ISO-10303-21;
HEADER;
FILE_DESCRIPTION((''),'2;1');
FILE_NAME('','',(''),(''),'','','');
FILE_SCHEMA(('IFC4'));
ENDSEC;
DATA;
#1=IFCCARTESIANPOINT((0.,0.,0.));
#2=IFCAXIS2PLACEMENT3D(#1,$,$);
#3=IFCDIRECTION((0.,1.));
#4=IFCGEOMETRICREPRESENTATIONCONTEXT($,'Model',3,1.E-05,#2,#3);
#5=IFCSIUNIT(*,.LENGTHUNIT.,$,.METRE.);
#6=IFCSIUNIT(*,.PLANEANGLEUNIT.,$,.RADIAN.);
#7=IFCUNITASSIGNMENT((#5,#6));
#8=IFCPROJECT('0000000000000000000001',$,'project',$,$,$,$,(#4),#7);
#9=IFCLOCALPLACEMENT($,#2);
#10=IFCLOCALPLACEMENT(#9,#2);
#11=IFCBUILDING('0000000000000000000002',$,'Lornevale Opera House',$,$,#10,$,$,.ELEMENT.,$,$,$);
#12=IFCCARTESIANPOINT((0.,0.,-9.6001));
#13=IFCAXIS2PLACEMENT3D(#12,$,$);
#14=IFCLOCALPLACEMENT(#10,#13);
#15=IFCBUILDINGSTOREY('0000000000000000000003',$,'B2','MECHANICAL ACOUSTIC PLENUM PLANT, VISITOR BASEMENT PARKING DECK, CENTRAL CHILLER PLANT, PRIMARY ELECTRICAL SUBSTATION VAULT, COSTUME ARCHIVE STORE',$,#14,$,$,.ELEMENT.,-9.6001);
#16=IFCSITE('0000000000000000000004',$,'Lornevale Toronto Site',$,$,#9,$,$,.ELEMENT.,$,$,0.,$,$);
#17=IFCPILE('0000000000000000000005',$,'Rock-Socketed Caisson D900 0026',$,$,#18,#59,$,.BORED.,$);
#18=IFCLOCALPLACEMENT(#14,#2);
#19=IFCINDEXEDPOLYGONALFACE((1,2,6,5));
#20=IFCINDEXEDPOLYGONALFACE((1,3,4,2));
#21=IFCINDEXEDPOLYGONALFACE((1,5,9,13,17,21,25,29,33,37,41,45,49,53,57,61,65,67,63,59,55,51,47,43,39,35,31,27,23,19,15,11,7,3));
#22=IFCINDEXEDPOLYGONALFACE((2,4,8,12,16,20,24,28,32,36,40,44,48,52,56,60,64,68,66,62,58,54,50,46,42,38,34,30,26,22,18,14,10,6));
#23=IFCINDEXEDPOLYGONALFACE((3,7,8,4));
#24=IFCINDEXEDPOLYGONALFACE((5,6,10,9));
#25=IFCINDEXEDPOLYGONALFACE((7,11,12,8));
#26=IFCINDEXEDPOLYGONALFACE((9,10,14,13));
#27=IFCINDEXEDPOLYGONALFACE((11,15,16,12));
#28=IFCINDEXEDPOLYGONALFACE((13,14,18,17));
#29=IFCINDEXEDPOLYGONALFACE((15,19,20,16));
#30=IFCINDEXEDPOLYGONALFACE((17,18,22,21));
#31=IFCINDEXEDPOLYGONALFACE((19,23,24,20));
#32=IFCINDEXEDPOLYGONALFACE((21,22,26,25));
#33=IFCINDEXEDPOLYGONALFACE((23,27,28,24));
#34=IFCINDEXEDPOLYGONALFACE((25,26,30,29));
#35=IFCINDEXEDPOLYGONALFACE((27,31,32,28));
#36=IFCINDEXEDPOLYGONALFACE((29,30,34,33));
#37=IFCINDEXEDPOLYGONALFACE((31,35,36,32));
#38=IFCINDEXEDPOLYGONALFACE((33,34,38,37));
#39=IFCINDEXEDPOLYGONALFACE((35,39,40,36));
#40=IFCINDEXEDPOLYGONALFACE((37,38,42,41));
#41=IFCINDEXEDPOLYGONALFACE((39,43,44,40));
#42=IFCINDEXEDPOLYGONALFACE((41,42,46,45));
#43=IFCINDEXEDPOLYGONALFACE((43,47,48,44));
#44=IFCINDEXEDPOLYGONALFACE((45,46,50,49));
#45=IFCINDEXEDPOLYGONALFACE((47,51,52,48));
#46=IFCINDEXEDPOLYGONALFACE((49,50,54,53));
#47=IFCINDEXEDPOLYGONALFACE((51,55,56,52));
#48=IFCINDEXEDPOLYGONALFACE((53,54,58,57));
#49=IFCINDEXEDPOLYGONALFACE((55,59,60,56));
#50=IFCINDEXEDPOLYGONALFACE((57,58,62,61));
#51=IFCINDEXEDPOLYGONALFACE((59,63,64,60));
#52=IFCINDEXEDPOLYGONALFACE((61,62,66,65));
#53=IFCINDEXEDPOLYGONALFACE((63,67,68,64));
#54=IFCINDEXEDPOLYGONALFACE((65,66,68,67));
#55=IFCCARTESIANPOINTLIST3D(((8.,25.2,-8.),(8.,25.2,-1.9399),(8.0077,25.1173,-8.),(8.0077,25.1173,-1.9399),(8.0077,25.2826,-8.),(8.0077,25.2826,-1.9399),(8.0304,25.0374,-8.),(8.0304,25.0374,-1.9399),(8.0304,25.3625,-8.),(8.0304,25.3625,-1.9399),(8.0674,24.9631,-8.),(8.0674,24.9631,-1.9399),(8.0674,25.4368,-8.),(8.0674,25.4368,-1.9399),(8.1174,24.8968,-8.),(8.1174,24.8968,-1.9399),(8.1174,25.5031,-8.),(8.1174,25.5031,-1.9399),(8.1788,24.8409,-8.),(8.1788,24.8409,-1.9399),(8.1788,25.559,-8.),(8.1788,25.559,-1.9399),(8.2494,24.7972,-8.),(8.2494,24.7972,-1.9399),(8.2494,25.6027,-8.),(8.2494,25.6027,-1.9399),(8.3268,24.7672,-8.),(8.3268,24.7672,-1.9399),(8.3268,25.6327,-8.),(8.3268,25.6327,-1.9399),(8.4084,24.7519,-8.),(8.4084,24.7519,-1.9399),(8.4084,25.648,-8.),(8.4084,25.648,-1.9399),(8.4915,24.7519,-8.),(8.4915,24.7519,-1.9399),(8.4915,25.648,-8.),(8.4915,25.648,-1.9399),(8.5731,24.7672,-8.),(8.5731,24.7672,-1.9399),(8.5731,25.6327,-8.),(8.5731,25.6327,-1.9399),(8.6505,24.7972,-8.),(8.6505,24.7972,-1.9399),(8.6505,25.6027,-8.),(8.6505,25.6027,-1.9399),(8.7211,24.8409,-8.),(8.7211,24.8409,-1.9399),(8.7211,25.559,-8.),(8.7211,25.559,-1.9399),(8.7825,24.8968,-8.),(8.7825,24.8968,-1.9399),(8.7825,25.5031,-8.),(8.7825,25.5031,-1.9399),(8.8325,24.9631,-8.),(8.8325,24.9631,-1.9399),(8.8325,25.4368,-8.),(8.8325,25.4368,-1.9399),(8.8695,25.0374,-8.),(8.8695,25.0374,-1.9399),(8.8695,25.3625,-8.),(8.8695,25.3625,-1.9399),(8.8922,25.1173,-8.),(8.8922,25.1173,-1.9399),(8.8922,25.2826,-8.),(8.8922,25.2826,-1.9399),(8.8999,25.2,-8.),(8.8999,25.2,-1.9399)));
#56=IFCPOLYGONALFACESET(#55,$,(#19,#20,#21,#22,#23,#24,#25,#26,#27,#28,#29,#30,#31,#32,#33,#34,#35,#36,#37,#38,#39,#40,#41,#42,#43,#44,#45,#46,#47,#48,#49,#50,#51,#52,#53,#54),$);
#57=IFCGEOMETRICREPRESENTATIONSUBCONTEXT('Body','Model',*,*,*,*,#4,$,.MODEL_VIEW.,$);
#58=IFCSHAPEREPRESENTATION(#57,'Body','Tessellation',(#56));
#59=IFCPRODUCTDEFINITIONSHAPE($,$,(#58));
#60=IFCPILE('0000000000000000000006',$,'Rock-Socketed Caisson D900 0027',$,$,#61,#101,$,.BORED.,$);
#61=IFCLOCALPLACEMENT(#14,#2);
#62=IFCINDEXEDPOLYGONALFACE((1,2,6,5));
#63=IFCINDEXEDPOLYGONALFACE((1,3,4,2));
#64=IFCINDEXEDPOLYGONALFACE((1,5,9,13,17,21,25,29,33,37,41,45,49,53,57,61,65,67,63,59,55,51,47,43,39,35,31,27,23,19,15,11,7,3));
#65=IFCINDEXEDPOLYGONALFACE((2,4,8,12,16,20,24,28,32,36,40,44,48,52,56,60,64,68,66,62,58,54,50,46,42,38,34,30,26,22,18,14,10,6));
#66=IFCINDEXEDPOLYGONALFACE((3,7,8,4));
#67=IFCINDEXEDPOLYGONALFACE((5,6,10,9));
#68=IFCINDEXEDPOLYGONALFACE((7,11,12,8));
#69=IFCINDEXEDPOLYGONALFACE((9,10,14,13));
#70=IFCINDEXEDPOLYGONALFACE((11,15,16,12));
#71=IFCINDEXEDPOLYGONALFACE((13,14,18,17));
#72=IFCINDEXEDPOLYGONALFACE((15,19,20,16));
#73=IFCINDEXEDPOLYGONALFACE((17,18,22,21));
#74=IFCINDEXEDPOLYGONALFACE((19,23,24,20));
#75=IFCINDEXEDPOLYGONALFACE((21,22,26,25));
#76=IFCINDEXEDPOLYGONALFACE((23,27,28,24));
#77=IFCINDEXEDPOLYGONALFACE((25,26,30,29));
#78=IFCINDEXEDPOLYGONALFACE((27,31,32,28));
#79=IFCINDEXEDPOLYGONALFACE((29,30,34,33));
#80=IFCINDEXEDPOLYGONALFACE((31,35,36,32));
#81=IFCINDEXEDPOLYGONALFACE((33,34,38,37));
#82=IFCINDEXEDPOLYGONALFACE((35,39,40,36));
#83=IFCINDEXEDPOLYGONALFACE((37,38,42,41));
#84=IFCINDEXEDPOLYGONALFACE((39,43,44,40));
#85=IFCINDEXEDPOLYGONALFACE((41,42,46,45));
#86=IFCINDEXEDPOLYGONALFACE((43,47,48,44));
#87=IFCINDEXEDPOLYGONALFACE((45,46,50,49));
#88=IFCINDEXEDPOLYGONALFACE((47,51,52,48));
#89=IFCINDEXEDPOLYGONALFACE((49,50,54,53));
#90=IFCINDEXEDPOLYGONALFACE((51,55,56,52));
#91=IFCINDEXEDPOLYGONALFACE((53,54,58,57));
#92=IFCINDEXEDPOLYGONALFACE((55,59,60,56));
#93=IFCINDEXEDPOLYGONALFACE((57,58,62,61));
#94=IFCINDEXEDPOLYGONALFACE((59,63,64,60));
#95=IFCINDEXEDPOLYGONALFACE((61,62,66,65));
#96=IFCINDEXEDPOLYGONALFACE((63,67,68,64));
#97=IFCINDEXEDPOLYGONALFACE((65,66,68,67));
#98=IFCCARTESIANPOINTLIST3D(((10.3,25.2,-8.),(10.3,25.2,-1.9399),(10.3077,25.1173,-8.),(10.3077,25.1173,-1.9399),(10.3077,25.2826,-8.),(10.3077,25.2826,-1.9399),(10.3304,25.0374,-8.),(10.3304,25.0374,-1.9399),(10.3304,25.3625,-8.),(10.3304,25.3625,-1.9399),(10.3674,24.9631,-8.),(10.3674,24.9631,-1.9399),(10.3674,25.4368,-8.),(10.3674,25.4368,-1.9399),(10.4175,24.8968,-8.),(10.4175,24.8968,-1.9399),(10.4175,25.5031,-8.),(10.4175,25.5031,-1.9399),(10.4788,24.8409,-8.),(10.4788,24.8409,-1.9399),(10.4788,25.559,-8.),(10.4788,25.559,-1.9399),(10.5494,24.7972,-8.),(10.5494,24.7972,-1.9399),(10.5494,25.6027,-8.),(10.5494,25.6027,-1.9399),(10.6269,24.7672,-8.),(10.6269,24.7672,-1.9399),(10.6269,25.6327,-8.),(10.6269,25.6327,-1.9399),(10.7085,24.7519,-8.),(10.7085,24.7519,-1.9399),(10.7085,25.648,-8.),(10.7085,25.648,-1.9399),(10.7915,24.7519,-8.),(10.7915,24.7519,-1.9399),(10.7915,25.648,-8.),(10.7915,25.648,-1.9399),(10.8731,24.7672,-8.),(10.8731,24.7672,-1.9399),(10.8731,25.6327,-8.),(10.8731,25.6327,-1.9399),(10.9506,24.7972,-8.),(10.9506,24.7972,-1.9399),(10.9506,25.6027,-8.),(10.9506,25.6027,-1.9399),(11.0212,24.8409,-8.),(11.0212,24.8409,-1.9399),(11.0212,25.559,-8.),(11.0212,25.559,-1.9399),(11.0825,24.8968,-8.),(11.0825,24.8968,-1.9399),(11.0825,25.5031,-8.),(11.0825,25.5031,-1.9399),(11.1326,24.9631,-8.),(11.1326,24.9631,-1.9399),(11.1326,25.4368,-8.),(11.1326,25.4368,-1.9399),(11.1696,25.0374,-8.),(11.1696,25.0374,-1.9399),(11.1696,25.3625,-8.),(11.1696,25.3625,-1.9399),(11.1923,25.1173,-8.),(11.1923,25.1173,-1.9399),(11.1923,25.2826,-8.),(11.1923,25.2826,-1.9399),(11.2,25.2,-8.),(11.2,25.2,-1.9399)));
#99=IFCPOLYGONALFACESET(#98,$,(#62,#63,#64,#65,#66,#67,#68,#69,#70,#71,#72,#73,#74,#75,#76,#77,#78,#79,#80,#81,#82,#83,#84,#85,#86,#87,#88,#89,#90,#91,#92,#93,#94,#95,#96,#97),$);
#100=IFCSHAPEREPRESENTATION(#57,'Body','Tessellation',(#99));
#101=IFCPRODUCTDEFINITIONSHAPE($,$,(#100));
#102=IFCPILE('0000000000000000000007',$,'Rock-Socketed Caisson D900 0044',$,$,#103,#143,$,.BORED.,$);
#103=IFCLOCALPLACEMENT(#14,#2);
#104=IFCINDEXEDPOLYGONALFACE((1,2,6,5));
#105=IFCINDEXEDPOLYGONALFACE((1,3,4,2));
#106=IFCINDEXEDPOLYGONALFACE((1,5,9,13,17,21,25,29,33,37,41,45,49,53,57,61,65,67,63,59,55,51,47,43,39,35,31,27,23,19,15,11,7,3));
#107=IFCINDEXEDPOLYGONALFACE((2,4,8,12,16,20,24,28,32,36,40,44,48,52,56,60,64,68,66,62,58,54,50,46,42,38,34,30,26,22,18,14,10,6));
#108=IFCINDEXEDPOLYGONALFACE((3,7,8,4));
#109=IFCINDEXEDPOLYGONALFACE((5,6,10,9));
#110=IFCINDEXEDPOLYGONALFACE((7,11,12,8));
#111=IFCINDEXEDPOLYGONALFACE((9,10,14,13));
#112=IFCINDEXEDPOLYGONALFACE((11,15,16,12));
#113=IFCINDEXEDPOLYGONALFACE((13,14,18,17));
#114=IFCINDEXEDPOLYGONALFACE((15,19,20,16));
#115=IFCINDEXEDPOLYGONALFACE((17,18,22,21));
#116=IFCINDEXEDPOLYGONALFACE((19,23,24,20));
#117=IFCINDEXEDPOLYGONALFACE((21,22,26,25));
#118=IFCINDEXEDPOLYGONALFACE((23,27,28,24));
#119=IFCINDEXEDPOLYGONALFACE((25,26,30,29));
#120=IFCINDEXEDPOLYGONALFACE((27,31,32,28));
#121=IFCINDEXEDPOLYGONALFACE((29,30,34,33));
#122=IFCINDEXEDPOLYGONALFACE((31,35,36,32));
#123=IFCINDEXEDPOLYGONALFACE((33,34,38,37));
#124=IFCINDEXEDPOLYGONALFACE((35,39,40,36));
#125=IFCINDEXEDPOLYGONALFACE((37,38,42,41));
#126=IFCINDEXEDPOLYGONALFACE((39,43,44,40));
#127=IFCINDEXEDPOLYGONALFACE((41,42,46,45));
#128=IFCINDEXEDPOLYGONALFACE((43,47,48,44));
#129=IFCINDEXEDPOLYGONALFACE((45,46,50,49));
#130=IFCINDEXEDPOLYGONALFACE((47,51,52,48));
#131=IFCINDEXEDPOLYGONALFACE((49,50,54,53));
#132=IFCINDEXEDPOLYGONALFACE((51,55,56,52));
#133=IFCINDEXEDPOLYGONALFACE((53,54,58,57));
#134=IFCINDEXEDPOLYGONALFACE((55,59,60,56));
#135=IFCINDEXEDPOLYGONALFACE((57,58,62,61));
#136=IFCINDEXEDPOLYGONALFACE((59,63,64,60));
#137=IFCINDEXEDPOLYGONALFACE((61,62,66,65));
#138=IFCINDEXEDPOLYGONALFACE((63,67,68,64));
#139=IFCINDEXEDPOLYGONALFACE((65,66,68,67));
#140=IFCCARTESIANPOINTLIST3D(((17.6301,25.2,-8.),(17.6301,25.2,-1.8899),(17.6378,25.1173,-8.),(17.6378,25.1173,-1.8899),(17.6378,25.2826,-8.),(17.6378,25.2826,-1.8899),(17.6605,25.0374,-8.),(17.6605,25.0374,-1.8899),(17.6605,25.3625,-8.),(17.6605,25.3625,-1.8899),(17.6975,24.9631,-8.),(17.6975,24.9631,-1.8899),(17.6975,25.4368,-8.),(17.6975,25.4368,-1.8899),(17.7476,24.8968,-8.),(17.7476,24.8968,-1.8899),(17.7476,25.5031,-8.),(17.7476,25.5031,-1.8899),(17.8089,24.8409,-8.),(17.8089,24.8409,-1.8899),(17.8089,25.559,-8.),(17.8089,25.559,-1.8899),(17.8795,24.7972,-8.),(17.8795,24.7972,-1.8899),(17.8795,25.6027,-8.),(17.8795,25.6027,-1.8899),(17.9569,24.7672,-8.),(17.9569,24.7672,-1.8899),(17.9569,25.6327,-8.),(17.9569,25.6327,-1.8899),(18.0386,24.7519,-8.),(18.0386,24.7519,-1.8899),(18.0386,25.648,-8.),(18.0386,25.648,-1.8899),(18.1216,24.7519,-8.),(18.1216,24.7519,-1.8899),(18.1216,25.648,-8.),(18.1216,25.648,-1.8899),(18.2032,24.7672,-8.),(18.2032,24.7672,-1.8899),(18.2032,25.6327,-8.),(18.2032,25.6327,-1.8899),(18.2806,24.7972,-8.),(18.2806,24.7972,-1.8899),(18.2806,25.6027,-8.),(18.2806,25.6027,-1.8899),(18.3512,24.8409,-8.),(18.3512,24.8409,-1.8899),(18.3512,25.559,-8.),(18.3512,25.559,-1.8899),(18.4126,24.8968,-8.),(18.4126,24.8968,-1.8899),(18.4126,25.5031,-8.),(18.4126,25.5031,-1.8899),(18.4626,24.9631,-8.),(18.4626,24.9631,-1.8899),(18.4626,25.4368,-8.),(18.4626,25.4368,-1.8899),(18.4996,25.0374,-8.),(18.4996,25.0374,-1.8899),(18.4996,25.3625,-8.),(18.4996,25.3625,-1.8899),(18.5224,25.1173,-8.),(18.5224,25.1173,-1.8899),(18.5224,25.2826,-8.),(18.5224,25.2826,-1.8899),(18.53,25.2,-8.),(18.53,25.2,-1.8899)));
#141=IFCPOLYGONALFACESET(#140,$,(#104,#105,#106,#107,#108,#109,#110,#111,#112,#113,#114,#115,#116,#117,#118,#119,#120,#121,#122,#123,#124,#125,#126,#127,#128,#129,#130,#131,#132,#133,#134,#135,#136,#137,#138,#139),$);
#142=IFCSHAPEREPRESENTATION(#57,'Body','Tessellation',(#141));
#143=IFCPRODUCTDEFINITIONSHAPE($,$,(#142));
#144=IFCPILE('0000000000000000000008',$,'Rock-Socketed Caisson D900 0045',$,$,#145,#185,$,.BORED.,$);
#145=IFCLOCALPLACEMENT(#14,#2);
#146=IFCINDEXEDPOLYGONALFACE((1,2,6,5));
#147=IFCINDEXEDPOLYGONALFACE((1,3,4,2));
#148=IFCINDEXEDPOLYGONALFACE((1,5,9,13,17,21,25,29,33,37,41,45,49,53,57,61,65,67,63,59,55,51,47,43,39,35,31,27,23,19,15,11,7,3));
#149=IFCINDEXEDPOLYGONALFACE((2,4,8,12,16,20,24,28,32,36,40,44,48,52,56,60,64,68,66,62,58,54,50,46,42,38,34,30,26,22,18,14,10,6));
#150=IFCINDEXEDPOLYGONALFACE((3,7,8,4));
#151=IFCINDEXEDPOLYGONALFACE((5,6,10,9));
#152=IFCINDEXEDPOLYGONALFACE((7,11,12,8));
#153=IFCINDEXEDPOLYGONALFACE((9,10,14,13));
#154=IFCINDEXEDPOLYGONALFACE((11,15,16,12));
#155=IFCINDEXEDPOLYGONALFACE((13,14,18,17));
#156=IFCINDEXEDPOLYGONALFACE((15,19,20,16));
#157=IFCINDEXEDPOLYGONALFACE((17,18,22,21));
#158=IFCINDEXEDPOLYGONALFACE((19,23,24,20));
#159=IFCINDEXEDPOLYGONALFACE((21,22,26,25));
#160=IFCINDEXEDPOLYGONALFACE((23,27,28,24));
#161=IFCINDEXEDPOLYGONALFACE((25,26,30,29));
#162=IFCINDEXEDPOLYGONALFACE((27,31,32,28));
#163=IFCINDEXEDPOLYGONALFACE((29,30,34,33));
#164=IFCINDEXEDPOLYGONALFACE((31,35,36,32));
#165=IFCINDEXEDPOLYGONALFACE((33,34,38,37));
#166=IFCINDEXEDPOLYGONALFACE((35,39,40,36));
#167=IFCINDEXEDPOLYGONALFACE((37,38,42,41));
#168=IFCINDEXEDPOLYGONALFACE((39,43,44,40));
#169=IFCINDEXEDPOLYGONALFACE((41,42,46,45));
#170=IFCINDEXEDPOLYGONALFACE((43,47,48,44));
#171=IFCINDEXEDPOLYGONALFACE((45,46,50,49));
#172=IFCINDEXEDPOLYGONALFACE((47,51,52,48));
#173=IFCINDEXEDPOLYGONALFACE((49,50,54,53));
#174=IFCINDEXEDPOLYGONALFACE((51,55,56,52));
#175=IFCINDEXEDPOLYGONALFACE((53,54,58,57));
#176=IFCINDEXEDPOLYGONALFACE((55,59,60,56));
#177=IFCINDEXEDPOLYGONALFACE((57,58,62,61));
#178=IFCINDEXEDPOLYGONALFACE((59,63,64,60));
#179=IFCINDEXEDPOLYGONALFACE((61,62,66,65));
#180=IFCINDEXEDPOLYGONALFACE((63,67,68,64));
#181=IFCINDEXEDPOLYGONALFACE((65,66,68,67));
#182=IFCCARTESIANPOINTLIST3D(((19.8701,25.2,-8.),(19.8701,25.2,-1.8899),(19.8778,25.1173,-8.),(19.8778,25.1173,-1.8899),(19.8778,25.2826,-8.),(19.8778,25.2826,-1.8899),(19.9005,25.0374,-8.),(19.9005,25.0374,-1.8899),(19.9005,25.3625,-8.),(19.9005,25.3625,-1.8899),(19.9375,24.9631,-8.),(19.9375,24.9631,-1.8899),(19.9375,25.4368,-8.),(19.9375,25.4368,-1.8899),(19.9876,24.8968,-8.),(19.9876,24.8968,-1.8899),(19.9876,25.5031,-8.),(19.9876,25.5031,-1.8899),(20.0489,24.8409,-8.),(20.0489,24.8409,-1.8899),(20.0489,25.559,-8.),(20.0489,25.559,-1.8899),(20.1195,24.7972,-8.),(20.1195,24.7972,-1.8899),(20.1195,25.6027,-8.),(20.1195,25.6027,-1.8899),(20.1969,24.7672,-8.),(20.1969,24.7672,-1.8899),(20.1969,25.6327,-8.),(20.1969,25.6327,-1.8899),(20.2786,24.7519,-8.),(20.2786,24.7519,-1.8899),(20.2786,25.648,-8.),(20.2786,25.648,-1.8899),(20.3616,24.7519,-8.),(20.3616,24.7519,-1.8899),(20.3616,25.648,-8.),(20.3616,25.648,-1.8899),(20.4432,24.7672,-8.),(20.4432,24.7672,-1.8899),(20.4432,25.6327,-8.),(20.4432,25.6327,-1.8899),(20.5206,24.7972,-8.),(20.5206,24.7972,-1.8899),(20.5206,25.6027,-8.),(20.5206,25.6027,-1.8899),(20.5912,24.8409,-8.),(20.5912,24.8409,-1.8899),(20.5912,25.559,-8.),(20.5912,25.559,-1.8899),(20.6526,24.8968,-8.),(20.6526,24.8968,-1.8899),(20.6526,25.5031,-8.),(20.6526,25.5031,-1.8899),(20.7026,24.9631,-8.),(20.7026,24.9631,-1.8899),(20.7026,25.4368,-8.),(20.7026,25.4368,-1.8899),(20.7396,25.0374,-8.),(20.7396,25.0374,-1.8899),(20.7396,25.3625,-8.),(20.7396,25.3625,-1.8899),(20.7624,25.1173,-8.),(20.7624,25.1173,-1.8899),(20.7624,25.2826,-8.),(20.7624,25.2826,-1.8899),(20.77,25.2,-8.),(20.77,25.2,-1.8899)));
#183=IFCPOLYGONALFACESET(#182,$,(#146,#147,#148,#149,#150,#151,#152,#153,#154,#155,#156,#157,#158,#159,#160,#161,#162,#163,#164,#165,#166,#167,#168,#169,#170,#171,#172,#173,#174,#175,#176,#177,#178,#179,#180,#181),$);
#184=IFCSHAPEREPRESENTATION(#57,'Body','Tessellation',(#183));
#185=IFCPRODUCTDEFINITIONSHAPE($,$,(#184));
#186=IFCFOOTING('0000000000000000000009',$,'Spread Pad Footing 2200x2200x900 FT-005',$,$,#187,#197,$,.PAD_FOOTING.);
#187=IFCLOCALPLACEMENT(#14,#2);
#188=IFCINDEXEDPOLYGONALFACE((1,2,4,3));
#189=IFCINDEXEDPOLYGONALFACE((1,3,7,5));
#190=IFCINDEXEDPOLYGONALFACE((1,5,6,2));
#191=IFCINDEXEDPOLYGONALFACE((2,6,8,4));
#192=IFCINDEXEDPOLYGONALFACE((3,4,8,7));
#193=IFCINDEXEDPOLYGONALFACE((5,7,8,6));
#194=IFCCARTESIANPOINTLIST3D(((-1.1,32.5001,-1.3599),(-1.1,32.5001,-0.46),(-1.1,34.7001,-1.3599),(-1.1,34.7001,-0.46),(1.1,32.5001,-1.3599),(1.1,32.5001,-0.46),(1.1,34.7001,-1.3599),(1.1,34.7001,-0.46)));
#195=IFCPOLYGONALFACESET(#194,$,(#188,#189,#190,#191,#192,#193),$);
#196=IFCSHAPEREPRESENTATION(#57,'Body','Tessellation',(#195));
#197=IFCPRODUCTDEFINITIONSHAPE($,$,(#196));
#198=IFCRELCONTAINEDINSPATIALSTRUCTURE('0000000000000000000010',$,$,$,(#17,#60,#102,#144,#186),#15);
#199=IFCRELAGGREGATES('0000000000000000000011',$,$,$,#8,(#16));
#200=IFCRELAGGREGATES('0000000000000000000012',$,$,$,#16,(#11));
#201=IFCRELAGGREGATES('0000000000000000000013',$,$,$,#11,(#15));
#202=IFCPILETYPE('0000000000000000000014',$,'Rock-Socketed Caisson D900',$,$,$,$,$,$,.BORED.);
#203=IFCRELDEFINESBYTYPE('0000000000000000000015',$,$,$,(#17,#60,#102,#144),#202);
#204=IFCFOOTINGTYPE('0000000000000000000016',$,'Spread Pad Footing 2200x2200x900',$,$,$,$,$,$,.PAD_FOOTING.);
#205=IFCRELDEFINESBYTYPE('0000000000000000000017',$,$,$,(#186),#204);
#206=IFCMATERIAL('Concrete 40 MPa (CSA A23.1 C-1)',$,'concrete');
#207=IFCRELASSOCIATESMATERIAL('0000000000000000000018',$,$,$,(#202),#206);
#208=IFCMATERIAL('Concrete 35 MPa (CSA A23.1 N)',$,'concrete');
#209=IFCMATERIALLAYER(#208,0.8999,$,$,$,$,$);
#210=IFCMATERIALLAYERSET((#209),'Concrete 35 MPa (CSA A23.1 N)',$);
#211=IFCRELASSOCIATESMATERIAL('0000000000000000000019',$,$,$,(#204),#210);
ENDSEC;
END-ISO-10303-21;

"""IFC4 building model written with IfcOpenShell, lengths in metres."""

from ifc_helpers import new_model, si_unit, direction, frame, origin, origin_2d, place, context, subcontext, project, spatial, rectangle, circle, extrude, material, layer, layer_set, material_profile, profile_set, type_object, element, save


model = new_model("IFC4")

# Units and contexts
model_context = context("Model", 3, precision=1e-05, world=origin(), true_north=direction((0.0, 1.0)))
body_context = subcontext(model_context, "Body", "Model", "MODEL_VIEW")
ifc_project = project(units=[si_unit("LENGTHUNIT", "METRE"), si_unit("PLANEANGLEUNIT", "RADIAN")], contexts=[model_context])

# Site, building, storey
site_placement = place(None, origin())
site = spatial("IfcSite", under=ifc_project, at=site_placement, Name="Lornevale Toronto Site", CompositionType="ELEMENT", RefElevation=0.0)
building_placement = place(site_placement, origin())
building = spatial("IfcBuilding", under=site, at=building_placement, Name="Lornevale Opera House", CompositionType="ELEMENT")
storey_placement = place(building_placement, frame((0.0, 0.0, -9.6001)))
storey = spatial("IfcBuildingStorey", under=building, at=storey_placement, Name="B2", Description="MECHANICAL ACOUSTIC PLENUM PLANT, VISITOR BASEMENT PARKING DECK, CENTRAL CHILLER PLANT, PRIMARY ELECTRICAL SUBSTATION VAULT, COSTUME ARCHIVE STORE", CompositionType="ELEMENT", Elevation=-9.6001)

# Shared definitions
ifc_material_1 = material(Name="Concrete 35 MPa (CSA A23.1 N)", Category="concrete")

# Shared definitions
ifc_material_2 = material(Name="Concrete 40 MPa (CSA A23.1 C-1)", Category="concrete")

# Piles
ifc_material_profile_1 = material_profile(ifc_material_2, circle(Radius=0.45, at=origin_2d()), Name="CAIS900")
ifc_profile_set_1 = profile_set([ifc_material_profile_1], Name="Concrete 40 MPa (CSA A23.1 C-1)")
pile_type_1 = type_object("IfcPileType", Name="Rock-Socketed Caisson D900", PredefinedType="BORED", material=ifc_profile_set_1)
for number, where, z_axis, x_axis, name in (
    (1, (8.45, 25.2, -1.9399), (0.0, 0.0, -1.0), (1.0, 0.0, 0.0), "Rock-Socketed Caisson D900 0026"),
    (2, (10.75, 25.2, -1.9399), (0.0, 0.0, -1.0), (1.0, 0.0, 0.0), "Rock-Socketed Caisson D900 0027"),
):
    element("IfcPile", number, at=place(storey_placement, frame(where, z_axis=z_axis, x_axis=x_axis)), inside=storey, type_object=pile_type_1, Name=name, PredefinedType="BORED", context=body_context, shape_type="SweptSolid", body=[
        extrude(circle(Radius=0.45, at=origin_2d()), origin(), (0.0, 0.0, 1.0), 6.0601),
    ])
for number, where, z_axis, x_axis, name in (
    (3, (18.0801, 25.2, -1.8899), (0.0, 0.0, -1.0), (1.0, 0.0, 0.0), "Rock-Socketed Caisson D900 0044"),
    (4, (20.3201, 25.2, -1.8899), (0.0, 0.0, -1.0), (1.0, 0.0, 0.0), "Rock-Socketed Caisson D900 0045"),
):
    element("IfcPile", number, at=place(storey_placement, frame(where, z_axis=z_axis, x_axis=x_axis)), inside=storey, type_object=pile_type_1, Name=name, PredefinedType="BORED", context=body_context, shape_type="SweptSolid", body=[
        extrude(circle(Radius=0.45, at=origin_2d()), origin(), (0.0, 0.0, 1.0), 6.1101),
    ])

# Footing
ifc_layer_1 = layer(ifc_material_1, 0.8999)
ifc_layer_set_1 = layer_set([ifc_layer_1], Name="Concrete 35 MPa (CSA A23.1 N)")
footing_type_1 = type_object("IfcFootingType", Name="Spread Pad Footing 2200x2200x900", PredefinedType="PAD_FOOTING", material=ifc_layer_set_1)
footing_1_placement = place(storey_placement, frame((0.0, 33.6001, -1.3599), z_axis=(0.0, 0.0, 1.0), x_axis=(1.0, 0.0, 0.0)))
element("IfcFooting", 5, at=footing_1_placement, inside=storey, type_object=footing_type_1, Name="Spread Pad Footing 2200x2200x900 FT-005", PredefinedType="PAD_FOOTING", context=body_context, shape_type="SweptSolid", body=[
    extrude(rectangle(XDim=2.2, YDim=2.2, at=origin_2d()), origin(), (0.0, 0.0, 1.0), 0.8999),
])

save(model, "model.ifc")
